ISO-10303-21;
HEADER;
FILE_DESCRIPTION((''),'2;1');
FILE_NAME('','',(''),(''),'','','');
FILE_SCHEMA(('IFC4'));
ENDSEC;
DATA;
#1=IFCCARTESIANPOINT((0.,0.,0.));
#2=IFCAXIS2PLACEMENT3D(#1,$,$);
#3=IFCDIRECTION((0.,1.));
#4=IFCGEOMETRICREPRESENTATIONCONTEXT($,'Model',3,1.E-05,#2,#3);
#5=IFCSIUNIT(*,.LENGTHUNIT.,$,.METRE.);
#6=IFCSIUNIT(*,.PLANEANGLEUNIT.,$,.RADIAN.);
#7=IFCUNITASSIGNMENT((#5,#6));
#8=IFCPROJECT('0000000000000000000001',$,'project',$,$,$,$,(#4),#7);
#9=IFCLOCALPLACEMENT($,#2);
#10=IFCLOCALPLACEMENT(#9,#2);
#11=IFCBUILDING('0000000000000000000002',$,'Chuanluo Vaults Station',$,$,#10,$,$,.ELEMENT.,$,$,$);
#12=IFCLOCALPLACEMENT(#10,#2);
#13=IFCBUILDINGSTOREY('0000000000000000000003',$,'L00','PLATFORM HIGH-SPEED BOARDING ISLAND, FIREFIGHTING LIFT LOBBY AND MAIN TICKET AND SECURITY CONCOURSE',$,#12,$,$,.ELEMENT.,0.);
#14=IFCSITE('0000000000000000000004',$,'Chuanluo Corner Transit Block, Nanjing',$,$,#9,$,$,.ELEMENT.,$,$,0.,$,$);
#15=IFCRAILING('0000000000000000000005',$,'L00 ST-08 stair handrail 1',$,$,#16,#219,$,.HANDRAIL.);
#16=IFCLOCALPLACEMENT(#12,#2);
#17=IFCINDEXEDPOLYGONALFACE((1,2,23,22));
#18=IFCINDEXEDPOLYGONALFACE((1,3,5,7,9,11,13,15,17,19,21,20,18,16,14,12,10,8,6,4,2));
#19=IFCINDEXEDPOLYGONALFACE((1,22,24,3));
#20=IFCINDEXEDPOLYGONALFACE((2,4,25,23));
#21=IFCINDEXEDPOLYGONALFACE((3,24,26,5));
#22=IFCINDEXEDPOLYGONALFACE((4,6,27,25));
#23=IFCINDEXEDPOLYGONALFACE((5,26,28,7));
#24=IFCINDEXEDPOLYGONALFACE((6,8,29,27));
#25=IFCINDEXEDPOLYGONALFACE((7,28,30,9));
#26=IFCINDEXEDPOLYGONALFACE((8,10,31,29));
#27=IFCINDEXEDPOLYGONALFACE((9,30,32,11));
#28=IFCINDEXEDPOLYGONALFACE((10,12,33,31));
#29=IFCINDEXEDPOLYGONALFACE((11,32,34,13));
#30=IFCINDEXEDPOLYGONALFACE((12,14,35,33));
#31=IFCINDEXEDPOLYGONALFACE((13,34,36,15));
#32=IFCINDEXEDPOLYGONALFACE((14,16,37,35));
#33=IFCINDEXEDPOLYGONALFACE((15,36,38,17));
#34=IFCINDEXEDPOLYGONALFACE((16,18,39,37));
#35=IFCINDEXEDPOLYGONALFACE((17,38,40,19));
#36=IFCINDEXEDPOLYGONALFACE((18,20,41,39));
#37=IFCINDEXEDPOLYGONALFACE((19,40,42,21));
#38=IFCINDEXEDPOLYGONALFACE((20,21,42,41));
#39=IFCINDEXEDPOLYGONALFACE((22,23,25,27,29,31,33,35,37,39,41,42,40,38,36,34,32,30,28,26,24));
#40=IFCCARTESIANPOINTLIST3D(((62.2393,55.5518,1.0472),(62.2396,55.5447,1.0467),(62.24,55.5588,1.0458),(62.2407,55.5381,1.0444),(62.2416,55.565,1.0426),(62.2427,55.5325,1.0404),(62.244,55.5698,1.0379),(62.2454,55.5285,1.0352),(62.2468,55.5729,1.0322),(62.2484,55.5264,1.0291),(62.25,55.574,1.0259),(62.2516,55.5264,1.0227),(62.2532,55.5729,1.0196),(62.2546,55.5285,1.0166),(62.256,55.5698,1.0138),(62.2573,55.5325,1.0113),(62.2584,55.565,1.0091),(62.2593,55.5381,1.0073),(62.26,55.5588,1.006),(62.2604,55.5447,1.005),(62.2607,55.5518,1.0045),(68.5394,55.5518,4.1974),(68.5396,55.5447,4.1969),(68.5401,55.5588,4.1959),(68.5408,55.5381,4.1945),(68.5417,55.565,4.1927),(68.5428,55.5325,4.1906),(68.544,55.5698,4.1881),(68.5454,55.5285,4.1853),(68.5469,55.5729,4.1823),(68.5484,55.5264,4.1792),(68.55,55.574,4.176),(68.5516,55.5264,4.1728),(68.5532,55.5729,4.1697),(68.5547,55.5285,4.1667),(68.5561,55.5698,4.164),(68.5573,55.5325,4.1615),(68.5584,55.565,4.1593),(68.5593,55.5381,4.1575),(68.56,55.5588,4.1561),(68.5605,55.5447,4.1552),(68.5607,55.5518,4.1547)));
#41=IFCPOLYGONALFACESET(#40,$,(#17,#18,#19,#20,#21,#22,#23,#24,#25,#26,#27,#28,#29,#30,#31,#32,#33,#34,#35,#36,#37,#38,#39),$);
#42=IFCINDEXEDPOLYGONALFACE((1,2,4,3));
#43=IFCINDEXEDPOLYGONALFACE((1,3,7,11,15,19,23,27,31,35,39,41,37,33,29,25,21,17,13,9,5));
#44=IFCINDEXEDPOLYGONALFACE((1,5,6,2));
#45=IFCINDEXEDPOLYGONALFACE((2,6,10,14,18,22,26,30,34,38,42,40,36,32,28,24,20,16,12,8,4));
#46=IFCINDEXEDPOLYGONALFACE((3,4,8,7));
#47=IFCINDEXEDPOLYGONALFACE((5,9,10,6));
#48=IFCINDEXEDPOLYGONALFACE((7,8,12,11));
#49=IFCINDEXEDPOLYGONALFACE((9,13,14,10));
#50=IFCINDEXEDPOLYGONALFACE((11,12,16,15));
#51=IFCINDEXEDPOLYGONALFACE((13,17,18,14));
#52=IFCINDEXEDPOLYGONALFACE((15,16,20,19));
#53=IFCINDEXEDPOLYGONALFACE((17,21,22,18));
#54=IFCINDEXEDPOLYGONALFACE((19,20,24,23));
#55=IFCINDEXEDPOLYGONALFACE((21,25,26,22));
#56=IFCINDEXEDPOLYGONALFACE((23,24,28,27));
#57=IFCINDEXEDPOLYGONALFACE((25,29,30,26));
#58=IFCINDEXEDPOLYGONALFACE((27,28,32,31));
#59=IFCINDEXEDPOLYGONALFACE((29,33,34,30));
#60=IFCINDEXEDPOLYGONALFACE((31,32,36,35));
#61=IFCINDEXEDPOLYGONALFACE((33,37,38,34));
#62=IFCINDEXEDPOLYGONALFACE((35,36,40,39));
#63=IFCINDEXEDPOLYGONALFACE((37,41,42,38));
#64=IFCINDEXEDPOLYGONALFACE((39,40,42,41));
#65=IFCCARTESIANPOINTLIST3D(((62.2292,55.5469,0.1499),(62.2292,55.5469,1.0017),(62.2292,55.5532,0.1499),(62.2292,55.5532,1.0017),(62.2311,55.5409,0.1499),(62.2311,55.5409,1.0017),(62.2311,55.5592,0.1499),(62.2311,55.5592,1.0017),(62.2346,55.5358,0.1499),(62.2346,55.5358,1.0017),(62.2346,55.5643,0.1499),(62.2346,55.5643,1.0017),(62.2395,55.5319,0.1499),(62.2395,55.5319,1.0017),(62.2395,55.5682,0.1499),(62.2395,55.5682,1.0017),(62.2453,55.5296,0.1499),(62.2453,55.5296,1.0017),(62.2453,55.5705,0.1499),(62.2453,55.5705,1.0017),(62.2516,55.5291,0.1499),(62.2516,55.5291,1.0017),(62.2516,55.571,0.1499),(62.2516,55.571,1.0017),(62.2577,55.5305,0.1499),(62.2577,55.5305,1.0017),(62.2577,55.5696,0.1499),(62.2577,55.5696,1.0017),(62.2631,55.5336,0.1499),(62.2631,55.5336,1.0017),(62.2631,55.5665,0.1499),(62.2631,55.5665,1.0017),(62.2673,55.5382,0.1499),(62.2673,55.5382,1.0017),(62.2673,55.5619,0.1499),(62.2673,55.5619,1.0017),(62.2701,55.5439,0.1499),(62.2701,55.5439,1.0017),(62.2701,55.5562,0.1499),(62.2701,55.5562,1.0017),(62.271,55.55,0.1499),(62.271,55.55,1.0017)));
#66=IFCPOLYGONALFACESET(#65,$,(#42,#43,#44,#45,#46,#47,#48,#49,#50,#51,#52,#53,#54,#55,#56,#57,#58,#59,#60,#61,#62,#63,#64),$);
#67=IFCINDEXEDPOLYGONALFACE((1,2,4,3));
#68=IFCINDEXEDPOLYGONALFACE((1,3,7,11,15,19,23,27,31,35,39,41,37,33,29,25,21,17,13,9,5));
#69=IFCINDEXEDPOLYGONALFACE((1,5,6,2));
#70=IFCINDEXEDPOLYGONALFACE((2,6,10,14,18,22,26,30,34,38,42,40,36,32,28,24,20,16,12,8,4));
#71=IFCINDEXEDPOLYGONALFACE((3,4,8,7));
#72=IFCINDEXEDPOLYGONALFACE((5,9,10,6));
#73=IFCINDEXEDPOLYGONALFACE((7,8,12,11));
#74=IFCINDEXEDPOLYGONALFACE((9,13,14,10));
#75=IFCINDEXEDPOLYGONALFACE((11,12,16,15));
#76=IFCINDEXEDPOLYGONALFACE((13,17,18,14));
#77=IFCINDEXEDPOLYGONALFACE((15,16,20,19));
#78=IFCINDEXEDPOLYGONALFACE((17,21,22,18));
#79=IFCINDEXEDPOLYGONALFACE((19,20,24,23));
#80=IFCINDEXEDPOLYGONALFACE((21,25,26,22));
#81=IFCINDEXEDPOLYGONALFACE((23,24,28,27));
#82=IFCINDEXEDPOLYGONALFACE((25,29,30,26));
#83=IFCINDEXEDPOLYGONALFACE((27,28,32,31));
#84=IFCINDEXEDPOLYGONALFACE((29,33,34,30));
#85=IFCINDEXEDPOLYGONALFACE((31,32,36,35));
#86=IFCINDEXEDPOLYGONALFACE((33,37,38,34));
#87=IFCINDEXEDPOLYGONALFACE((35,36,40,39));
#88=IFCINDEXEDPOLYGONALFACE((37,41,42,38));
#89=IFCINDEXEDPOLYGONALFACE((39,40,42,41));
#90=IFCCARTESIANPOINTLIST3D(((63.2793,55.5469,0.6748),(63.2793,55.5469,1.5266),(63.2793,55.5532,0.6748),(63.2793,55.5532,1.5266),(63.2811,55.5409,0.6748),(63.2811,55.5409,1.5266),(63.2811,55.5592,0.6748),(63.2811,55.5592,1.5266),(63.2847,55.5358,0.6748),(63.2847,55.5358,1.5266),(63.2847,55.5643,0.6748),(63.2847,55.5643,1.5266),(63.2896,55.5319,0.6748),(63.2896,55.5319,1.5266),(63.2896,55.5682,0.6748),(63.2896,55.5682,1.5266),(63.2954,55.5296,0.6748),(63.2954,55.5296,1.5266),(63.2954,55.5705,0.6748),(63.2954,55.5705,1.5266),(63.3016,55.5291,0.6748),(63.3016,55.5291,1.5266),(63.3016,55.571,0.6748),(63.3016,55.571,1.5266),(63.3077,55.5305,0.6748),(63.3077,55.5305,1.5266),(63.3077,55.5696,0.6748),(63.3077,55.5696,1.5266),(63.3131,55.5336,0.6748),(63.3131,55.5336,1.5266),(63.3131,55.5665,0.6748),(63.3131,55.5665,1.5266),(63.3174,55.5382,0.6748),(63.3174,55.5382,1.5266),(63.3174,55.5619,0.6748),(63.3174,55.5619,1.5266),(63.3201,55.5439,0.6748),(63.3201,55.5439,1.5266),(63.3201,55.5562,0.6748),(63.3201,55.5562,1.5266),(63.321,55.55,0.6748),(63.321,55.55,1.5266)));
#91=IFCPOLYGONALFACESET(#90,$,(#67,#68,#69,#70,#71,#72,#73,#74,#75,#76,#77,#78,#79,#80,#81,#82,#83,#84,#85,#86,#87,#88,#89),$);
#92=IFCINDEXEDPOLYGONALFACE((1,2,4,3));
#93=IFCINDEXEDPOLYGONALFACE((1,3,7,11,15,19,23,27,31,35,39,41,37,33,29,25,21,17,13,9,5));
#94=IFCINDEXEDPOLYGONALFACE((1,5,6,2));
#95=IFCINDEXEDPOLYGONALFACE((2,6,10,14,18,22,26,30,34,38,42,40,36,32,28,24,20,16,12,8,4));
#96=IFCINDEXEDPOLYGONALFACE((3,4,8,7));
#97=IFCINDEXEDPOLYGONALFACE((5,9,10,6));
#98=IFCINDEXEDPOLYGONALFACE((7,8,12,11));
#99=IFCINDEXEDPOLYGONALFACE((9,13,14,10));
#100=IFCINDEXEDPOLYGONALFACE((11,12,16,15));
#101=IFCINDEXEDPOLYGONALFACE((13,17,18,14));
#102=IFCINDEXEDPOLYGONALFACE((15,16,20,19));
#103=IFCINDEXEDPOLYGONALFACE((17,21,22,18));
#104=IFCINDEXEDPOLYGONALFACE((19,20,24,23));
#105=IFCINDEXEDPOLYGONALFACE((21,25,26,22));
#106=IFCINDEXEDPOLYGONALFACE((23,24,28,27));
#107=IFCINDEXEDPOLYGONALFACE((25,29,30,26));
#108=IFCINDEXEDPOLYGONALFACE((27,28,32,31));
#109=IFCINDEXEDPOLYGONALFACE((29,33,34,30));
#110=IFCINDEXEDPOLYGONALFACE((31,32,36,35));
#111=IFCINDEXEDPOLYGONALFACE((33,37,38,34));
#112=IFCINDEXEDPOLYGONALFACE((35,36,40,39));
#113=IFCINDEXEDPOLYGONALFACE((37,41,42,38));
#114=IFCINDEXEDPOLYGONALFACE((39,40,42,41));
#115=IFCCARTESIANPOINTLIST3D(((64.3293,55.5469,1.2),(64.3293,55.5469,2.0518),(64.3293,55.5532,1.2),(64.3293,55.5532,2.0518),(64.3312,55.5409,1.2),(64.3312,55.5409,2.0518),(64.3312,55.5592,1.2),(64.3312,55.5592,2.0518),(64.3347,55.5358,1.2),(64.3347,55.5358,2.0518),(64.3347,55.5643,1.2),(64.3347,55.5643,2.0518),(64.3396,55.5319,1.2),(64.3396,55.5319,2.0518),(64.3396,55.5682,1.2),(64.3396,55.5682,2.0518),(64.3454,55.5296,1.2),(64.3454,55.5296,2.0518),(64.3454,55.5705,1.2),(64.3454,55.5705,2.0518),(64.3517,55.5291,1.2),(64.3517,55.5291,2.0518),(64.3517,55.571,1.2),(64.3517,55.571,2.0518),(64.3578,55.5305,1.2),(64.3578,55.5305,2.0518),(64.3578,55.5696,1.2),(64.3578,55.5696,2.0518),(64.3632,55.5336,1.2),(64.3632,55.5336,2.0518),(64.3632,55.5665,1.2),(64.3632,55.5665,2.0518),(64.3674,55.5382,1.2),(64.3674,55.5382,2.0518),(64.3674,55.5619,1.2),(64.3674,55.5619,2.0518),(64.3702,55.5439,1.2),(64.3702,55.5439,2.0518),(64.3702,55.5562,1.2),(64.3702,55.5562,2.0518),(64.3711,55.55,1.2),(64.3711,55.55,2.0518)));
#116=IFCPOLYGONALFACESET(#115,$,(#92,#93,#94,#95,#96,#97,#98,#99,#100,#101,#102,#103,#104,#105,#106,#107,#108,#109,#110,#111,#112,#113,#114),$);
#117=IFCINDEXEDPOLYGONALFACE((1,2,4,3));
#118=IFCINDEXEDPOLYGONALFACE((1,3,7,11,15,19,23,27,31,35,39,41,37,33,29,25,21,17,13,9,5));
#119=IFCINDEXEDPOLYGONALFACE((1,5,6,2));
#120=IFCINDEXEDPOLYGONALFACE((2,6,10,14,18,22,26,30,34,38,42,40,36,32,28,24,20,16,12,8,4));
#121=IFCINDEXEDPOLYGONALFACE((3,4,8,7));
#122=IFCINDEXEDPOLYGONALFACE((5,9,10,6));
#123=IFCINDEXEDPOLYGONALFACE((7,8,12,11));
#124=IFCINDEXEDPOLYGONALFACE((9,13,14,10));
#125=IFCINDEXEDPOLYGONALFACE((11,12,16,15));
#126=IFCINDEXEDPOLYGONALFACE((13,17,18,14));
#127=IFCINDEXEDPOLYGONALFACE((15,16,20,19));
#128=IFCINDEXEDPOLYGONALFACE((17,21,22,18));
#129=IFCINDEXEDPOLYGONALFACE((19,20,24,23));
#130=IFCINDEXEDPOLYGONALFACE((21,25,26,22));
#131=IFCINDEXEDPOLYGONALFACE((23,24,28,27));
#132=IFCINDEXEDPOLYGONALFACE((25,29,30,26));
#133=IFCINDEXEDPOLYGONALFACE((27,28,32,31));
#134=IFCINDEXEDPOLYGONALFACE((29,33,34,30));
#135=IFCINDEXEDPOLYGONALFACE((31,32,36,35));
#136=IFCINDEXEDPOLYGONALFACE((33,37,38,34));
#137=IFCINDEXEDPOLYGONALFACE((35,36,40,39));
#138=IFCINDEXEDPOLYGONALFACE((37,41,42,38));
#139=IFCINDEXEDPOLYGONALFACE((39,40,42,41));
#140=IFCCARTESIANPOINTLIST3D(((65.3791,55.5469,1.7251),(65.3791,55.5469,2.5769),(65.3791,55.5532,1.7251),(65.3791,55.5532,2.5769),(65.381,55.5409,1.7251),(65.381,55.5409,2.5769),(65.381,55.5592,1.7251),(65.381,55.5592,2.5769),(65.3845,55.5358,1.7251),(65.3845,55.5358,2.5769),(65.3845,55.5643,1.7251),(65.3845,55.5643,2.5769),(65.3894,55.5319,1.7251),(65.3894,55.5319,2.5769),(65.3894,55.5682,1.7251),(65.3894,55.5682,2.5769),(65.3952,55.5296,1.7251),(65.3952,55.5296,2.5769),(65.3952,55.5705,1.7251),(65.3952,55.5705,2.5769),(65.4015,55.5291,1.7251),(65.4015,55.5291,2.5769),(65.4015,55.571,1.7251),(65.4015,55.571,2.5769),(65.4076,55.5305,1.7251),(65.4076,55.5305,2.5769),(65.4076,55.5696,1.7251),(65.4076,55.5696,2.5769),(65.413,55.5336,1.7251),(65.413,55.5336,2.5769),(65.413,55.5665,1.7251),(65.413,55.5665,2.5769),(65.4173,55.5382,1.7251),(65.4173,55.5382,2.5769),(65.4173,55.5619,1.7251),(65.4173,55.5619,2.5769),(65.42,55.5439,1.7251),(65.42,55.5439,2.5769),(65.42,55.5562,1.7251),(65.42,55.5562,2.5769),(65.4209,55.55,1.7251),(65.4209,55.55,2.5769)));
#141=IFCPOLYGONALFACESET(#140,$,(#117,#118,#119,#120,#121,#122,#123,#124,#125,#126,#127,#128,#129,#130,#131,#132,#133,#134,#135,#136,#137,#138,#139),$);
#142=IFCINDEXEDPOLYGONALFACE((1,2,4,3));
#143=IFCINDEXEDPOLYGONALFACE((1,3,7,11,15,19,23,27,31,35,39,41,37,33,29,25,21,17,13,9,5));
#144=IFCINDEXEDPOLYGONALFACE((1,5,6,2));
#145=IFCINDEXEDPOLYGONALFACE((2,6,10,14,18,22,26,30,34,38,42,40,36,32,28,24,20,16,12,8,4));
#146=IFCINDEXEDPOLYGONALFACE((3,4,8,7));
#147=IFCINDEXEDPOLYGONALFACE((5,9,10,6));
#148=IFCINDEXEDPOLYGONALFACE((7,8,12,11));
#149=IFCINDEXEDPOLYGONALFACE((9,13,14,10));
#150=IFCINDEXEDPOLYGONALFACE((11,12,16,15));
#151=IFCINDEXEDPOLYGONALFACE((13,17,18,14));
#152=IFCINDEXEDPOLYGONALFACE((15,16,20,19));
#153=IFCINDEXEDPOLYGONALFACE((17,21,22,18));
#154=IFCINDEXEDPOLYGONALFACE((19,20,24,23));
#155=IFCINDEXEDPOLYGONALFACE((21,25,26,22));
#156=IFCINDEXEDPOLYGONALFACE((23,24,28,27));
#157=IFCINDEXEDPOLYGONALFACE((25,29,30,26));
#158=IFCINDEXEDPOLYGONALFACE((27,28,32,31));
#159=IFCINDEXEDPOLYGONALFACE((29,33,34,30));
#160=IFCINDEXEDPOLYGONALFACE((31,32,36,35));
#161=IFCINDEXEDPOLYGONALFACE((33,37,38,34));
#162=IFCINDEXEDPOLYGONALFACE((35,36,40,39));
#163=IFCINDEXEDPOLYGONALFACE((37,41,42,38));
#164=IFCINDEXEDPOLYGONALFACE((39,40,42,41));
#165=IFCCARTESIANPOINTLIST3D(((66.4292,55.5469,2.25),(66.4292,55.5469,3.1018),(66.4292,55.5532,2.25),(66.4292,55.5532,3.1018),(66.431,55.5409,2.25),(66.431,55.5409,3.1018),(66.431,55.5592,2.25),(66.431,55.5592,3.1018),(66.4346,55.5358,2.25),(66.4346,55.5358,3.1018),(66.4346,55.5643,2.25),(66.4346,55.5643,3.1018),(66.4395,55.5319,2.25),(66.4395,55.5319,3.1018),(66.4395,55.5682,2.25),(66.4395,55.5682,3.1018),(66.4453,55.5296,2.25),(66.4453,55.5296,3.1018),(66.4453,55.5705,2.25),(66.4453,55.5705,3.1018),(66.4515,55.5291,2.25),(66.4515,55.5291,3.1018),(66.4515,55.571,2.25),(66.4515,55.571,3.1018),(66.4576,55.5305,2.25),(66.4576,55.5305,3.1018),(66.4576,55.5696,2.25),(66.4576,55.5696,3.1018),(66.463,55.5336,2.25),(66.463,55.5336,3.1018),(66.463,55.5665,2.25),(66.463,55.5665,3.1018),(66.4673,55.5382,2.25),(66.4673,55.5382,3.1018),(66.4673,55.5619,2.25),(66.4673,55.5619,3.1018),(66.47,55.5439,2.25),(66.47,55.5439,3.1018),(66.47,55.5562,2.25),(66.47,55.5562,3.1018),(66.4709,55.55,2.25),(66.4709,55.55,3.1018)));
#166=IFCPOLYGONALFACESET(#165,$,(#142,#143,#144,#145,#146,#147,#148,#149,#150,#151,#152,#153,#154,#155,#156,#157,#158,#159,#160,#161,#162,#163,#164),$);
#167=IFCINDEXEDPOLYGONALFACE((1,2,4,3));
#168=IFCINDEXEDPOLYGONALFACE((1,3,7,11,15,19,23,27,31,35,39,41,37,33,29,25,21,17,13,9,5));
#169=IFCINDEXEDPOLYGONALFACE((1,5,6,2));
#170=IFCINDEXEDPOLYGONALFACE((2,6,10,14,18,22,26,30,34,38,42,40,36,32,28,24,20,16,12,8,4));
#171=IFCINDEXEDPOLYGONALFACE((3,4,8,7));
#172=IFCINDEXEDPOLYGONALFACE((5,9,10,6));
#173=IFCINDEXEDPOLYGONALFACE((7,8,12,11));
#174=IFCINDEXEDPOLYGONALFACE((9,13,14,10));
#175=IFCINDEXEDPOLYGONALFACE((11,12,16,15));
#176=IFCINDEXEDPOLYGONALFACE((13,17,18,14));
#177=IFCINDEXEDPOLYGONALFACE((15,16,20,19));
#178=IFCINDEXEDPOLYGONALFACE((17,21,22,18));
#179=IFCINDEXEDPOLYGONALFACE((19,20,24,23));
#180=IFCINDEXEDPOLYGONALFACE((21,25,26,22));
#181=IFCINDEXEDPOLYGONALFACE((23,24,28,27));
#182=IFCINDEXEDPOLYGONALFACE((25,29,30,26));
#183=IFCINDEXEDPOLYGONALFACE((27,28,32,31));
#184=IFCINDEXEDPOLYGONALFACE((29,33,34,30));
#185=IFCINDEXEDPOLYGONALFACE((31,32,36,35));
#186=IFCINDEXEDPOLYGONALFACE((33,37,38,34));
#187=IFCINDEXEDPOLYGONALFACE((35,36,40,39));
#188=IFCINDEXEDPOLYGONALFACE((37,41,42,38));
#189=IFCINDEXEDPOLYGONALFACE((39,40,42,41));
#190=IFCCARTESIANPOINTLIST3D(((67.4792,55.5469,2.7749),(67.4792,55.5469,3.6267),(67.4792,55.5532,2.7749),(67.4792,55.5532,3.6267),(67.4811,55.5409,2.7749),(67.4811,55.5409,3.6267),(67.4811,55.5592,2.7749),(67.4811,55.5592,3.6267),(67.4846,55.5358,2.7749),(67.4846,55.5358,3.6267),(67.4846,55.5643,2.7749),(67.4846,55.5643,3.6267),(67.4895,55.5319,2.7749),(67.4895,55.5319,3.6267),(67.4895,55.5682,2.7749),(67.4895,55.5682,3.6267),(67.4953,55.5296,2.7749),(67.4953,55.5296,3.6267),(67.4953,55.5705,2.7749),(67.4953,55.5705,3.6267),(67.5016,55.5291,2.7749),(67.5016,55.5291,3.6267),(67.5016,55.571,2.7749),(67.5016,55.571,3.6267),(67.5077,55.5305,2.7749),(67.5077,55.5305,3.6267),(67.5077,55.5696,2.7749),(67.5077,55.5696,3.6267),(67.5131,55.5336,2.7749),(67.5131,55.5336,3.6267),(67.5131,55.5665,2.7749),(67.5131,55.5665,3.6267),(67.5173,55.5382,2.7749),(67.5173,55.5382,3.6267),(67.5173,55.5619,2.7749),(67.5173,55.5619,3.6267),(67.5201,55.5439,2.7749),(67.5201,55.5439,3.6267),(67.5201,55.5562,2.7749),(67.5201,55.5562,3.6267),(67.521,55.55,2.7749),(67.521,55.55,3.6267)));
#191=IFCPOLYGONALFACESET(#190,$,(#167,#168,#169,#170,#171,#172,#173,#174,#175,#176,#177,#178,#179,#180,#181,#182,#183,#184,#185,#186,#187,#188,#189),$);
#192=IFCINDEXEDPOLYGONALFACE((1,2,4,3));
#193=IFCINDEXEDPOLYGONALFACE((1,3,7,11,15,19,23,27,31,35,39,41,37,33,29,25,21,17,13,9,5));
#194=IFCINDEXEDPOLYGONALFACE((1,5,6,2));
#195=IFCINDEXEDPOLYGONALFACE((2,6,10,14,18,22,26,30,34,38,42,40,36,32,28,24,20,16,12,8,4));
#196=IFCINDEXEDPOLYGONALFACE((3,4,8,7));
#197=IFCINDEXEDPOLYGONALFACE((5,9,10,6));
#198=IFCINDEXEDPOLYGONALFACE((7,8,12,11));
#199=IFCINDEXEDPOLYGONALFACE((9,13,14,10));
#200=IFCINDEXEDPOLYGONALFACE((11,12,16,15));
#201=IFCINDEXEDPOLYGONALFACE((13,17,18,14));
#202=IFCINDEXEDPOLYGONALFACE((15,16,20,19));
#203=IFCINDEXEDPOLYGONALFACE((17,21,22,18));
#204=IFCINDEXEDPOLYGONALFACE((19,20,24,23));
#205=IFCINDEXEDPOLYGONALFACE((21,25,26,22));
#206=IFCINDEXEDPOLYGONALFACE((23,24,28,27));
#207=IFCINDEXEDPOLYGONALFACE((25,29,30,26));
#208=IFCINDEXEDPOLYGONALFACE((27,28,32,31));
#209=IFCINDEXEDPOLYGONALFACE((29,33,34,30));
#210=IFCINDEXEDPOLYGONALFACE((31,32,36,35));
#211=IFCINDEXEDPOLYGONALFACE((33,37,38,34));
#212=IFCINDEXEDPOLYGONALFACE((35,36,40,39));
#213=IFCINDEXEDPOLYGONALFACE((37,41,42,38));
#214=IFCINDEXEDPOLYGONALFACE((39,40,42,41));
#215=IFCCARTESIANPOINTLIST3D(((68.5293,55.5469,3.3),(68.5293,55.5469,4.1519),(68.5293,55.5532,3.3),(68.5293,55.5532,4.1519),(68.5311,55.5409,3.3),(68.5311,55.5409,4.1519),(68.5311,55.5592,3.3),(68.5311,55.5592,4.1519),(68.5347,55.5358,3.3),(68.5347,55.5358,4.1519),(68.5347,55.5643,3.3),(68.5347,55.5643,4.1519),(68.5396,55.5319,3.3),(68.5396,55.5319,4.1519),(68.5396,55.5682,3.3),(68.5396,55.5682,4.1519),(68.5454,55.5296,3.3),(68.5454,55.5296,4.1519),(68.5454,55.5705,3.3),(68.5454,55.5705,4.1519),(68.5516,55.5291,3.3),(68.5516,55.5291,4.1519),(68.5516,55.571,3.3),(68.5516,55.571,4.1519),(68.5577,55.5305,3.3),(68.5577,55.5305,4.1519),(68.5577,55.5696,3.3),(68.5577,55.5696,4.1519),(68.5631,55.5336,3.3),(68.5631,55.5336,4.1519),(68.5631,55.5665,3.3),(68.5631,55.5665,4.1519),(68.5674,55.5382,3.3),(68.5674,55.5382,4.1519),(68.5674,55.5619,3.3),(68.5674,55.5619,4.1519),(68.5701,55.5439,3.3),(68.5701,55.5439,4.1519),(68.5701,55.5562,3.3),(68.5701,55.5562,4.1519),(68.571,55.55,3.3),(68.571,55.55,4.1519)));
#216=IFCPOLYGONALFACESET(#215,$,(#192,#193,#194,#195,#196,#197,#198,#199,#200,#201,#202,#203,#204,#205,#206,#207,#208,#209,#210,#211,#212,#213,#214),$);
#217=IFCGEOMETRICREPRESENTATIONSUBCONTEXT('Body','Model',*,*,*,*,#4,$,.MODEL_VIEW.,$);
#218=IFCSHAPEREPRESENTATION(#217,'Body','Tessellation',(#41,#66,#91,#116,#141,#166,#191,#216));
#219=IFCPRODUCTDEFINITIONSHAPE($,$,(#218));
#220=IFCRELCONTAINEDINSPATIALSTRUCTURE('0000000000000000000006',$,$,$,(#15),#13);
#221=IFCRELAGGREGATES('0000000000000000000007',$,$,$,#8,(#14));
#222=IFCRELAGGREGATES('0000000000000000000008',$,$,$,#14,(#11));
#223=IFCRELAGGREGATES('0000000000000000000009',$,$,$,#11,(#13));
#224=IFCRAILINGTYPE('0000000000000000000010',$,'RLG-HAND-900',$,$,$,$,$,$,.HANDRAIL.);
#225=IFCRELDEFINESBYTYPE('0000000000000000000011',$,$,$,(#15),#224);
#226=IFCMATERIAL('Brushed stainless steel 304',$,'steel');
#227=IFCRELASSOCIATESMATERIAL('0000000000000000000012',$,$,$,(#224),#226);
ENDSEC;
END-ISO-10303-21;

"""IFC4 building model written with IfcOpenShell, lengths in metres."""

from ifc_helpers import new_model, si_unit, direction, frame, origin, origin_2d, place, context, subcontext, project, spatial, circle, extrude, material, type_object, element, save


model = new_model("IFC4")

# Units and contexts
model_context = context("Model", 3, precision=1e-05, world=origin(), true_north=direction((0.0, 1.0)))
body_context = subcontext(model_context, "Body", "Model", "MODEL_VIEW")
ifc_project = project(units=[si_unit("LENGTHUNIT", "METRE"), si_unit("PLANEANGLEUNIT", "RADIAN")], contexts=[model_context])

# Site, building, storey
site_placement = place(None, origin())
site = spatial("IfcSite", under=ifc_project, at=site_placement, Name="Chuanluo Corner Transit Block, Nanjing", CompositionType="ELEMENT", RefElevation=0.0)
building_placement = place(site_placement, origin())
building = spatial("IfcBuilding", under=site, at=building_placement, Name="Chuanluo Vaults Station", CompositionType="ELEMENT")
storey_placement = place(building_placement, origin())
storey = spatial("IfcBuildingStorey", under=building, at=storey_placement, Name="L00", Description="PLATFORM HIGH-SPEED BOARDING ISLAND, FIREFIGHTING LIFT LOBBY AND MAIN TICKET AND SECURITY CONCOURSE", CompositionType="ELEMENT", Elevation=0.0)

# Railing
ifc_material_1 = material(Name="Brushed stainless steel 304", Category="steel")
railing_type_1 = type_object("IfcRailingType", Name="RLG-HAND-900", PredefinedType="HANDRAIL", material=ifc_material_1)
for number, where, name in (
    (1, (62.25, 55.55, 0.1499), "L00 ST-08 stair handrail 1"),
):
    element("IfcRailing", number, at=place(storey_placement, frame(where)), inside=storey, type_object=railing_type_1, Name=name, PredefinedType="HANDRAIL", context=body_context, shape_type="SweptSolid", body=[
        extrude(circle(Radius=0.0239, at=origin_2d()), frame((0.0, 0.0, 0.876), z_axis=(0.89442, 0.0, 0.447227), x_axis=(0.0, 1.0, 0.0)), (0.0, 0.0, 1.0), 7.0437),
        extrude(circle(Radius=0.021, at=origin_2d()), origin(), (0.0, 0.0, 1.0), 0.8518),
        extrude(circle(Radius=0.021, at=origin_2d()), frame((1.05, 0.0, 0.5249)), (0.0, 0.0, 1.0), 0.8518),
        extrude(circle(Radius=0.021, at=origin_2d()), frame((2.1001, 0.0, 1.05)), (0.0, 0.0, 1.0), 0.8518),
        extrude(circle(Radius=0.021, at=origin_2d()), frame((3.1499, 0.0, 1.5752)), (0.0, 0.0, 1.0), 0.8518),
        extrude(circle(Radius=0.021, at=origin_2d()), frame((4.2, 0.0, 2.1001)), (0.0, 0.0, 1.0), 0.8518),
        extrude(circle(Radius=0.021, at=origin_2d()), frame((5.25, 0.0, 2.625)), (0.0, 0.0, 1.0), 0.8518),
        extrude(circle(Radius=0.021, at=origin_2d()), frame((6.3, 0.0, 3.1501)), (0.0, 0.0, 1.0), 0.8518),
    ])

save(model, "model.ifc")
